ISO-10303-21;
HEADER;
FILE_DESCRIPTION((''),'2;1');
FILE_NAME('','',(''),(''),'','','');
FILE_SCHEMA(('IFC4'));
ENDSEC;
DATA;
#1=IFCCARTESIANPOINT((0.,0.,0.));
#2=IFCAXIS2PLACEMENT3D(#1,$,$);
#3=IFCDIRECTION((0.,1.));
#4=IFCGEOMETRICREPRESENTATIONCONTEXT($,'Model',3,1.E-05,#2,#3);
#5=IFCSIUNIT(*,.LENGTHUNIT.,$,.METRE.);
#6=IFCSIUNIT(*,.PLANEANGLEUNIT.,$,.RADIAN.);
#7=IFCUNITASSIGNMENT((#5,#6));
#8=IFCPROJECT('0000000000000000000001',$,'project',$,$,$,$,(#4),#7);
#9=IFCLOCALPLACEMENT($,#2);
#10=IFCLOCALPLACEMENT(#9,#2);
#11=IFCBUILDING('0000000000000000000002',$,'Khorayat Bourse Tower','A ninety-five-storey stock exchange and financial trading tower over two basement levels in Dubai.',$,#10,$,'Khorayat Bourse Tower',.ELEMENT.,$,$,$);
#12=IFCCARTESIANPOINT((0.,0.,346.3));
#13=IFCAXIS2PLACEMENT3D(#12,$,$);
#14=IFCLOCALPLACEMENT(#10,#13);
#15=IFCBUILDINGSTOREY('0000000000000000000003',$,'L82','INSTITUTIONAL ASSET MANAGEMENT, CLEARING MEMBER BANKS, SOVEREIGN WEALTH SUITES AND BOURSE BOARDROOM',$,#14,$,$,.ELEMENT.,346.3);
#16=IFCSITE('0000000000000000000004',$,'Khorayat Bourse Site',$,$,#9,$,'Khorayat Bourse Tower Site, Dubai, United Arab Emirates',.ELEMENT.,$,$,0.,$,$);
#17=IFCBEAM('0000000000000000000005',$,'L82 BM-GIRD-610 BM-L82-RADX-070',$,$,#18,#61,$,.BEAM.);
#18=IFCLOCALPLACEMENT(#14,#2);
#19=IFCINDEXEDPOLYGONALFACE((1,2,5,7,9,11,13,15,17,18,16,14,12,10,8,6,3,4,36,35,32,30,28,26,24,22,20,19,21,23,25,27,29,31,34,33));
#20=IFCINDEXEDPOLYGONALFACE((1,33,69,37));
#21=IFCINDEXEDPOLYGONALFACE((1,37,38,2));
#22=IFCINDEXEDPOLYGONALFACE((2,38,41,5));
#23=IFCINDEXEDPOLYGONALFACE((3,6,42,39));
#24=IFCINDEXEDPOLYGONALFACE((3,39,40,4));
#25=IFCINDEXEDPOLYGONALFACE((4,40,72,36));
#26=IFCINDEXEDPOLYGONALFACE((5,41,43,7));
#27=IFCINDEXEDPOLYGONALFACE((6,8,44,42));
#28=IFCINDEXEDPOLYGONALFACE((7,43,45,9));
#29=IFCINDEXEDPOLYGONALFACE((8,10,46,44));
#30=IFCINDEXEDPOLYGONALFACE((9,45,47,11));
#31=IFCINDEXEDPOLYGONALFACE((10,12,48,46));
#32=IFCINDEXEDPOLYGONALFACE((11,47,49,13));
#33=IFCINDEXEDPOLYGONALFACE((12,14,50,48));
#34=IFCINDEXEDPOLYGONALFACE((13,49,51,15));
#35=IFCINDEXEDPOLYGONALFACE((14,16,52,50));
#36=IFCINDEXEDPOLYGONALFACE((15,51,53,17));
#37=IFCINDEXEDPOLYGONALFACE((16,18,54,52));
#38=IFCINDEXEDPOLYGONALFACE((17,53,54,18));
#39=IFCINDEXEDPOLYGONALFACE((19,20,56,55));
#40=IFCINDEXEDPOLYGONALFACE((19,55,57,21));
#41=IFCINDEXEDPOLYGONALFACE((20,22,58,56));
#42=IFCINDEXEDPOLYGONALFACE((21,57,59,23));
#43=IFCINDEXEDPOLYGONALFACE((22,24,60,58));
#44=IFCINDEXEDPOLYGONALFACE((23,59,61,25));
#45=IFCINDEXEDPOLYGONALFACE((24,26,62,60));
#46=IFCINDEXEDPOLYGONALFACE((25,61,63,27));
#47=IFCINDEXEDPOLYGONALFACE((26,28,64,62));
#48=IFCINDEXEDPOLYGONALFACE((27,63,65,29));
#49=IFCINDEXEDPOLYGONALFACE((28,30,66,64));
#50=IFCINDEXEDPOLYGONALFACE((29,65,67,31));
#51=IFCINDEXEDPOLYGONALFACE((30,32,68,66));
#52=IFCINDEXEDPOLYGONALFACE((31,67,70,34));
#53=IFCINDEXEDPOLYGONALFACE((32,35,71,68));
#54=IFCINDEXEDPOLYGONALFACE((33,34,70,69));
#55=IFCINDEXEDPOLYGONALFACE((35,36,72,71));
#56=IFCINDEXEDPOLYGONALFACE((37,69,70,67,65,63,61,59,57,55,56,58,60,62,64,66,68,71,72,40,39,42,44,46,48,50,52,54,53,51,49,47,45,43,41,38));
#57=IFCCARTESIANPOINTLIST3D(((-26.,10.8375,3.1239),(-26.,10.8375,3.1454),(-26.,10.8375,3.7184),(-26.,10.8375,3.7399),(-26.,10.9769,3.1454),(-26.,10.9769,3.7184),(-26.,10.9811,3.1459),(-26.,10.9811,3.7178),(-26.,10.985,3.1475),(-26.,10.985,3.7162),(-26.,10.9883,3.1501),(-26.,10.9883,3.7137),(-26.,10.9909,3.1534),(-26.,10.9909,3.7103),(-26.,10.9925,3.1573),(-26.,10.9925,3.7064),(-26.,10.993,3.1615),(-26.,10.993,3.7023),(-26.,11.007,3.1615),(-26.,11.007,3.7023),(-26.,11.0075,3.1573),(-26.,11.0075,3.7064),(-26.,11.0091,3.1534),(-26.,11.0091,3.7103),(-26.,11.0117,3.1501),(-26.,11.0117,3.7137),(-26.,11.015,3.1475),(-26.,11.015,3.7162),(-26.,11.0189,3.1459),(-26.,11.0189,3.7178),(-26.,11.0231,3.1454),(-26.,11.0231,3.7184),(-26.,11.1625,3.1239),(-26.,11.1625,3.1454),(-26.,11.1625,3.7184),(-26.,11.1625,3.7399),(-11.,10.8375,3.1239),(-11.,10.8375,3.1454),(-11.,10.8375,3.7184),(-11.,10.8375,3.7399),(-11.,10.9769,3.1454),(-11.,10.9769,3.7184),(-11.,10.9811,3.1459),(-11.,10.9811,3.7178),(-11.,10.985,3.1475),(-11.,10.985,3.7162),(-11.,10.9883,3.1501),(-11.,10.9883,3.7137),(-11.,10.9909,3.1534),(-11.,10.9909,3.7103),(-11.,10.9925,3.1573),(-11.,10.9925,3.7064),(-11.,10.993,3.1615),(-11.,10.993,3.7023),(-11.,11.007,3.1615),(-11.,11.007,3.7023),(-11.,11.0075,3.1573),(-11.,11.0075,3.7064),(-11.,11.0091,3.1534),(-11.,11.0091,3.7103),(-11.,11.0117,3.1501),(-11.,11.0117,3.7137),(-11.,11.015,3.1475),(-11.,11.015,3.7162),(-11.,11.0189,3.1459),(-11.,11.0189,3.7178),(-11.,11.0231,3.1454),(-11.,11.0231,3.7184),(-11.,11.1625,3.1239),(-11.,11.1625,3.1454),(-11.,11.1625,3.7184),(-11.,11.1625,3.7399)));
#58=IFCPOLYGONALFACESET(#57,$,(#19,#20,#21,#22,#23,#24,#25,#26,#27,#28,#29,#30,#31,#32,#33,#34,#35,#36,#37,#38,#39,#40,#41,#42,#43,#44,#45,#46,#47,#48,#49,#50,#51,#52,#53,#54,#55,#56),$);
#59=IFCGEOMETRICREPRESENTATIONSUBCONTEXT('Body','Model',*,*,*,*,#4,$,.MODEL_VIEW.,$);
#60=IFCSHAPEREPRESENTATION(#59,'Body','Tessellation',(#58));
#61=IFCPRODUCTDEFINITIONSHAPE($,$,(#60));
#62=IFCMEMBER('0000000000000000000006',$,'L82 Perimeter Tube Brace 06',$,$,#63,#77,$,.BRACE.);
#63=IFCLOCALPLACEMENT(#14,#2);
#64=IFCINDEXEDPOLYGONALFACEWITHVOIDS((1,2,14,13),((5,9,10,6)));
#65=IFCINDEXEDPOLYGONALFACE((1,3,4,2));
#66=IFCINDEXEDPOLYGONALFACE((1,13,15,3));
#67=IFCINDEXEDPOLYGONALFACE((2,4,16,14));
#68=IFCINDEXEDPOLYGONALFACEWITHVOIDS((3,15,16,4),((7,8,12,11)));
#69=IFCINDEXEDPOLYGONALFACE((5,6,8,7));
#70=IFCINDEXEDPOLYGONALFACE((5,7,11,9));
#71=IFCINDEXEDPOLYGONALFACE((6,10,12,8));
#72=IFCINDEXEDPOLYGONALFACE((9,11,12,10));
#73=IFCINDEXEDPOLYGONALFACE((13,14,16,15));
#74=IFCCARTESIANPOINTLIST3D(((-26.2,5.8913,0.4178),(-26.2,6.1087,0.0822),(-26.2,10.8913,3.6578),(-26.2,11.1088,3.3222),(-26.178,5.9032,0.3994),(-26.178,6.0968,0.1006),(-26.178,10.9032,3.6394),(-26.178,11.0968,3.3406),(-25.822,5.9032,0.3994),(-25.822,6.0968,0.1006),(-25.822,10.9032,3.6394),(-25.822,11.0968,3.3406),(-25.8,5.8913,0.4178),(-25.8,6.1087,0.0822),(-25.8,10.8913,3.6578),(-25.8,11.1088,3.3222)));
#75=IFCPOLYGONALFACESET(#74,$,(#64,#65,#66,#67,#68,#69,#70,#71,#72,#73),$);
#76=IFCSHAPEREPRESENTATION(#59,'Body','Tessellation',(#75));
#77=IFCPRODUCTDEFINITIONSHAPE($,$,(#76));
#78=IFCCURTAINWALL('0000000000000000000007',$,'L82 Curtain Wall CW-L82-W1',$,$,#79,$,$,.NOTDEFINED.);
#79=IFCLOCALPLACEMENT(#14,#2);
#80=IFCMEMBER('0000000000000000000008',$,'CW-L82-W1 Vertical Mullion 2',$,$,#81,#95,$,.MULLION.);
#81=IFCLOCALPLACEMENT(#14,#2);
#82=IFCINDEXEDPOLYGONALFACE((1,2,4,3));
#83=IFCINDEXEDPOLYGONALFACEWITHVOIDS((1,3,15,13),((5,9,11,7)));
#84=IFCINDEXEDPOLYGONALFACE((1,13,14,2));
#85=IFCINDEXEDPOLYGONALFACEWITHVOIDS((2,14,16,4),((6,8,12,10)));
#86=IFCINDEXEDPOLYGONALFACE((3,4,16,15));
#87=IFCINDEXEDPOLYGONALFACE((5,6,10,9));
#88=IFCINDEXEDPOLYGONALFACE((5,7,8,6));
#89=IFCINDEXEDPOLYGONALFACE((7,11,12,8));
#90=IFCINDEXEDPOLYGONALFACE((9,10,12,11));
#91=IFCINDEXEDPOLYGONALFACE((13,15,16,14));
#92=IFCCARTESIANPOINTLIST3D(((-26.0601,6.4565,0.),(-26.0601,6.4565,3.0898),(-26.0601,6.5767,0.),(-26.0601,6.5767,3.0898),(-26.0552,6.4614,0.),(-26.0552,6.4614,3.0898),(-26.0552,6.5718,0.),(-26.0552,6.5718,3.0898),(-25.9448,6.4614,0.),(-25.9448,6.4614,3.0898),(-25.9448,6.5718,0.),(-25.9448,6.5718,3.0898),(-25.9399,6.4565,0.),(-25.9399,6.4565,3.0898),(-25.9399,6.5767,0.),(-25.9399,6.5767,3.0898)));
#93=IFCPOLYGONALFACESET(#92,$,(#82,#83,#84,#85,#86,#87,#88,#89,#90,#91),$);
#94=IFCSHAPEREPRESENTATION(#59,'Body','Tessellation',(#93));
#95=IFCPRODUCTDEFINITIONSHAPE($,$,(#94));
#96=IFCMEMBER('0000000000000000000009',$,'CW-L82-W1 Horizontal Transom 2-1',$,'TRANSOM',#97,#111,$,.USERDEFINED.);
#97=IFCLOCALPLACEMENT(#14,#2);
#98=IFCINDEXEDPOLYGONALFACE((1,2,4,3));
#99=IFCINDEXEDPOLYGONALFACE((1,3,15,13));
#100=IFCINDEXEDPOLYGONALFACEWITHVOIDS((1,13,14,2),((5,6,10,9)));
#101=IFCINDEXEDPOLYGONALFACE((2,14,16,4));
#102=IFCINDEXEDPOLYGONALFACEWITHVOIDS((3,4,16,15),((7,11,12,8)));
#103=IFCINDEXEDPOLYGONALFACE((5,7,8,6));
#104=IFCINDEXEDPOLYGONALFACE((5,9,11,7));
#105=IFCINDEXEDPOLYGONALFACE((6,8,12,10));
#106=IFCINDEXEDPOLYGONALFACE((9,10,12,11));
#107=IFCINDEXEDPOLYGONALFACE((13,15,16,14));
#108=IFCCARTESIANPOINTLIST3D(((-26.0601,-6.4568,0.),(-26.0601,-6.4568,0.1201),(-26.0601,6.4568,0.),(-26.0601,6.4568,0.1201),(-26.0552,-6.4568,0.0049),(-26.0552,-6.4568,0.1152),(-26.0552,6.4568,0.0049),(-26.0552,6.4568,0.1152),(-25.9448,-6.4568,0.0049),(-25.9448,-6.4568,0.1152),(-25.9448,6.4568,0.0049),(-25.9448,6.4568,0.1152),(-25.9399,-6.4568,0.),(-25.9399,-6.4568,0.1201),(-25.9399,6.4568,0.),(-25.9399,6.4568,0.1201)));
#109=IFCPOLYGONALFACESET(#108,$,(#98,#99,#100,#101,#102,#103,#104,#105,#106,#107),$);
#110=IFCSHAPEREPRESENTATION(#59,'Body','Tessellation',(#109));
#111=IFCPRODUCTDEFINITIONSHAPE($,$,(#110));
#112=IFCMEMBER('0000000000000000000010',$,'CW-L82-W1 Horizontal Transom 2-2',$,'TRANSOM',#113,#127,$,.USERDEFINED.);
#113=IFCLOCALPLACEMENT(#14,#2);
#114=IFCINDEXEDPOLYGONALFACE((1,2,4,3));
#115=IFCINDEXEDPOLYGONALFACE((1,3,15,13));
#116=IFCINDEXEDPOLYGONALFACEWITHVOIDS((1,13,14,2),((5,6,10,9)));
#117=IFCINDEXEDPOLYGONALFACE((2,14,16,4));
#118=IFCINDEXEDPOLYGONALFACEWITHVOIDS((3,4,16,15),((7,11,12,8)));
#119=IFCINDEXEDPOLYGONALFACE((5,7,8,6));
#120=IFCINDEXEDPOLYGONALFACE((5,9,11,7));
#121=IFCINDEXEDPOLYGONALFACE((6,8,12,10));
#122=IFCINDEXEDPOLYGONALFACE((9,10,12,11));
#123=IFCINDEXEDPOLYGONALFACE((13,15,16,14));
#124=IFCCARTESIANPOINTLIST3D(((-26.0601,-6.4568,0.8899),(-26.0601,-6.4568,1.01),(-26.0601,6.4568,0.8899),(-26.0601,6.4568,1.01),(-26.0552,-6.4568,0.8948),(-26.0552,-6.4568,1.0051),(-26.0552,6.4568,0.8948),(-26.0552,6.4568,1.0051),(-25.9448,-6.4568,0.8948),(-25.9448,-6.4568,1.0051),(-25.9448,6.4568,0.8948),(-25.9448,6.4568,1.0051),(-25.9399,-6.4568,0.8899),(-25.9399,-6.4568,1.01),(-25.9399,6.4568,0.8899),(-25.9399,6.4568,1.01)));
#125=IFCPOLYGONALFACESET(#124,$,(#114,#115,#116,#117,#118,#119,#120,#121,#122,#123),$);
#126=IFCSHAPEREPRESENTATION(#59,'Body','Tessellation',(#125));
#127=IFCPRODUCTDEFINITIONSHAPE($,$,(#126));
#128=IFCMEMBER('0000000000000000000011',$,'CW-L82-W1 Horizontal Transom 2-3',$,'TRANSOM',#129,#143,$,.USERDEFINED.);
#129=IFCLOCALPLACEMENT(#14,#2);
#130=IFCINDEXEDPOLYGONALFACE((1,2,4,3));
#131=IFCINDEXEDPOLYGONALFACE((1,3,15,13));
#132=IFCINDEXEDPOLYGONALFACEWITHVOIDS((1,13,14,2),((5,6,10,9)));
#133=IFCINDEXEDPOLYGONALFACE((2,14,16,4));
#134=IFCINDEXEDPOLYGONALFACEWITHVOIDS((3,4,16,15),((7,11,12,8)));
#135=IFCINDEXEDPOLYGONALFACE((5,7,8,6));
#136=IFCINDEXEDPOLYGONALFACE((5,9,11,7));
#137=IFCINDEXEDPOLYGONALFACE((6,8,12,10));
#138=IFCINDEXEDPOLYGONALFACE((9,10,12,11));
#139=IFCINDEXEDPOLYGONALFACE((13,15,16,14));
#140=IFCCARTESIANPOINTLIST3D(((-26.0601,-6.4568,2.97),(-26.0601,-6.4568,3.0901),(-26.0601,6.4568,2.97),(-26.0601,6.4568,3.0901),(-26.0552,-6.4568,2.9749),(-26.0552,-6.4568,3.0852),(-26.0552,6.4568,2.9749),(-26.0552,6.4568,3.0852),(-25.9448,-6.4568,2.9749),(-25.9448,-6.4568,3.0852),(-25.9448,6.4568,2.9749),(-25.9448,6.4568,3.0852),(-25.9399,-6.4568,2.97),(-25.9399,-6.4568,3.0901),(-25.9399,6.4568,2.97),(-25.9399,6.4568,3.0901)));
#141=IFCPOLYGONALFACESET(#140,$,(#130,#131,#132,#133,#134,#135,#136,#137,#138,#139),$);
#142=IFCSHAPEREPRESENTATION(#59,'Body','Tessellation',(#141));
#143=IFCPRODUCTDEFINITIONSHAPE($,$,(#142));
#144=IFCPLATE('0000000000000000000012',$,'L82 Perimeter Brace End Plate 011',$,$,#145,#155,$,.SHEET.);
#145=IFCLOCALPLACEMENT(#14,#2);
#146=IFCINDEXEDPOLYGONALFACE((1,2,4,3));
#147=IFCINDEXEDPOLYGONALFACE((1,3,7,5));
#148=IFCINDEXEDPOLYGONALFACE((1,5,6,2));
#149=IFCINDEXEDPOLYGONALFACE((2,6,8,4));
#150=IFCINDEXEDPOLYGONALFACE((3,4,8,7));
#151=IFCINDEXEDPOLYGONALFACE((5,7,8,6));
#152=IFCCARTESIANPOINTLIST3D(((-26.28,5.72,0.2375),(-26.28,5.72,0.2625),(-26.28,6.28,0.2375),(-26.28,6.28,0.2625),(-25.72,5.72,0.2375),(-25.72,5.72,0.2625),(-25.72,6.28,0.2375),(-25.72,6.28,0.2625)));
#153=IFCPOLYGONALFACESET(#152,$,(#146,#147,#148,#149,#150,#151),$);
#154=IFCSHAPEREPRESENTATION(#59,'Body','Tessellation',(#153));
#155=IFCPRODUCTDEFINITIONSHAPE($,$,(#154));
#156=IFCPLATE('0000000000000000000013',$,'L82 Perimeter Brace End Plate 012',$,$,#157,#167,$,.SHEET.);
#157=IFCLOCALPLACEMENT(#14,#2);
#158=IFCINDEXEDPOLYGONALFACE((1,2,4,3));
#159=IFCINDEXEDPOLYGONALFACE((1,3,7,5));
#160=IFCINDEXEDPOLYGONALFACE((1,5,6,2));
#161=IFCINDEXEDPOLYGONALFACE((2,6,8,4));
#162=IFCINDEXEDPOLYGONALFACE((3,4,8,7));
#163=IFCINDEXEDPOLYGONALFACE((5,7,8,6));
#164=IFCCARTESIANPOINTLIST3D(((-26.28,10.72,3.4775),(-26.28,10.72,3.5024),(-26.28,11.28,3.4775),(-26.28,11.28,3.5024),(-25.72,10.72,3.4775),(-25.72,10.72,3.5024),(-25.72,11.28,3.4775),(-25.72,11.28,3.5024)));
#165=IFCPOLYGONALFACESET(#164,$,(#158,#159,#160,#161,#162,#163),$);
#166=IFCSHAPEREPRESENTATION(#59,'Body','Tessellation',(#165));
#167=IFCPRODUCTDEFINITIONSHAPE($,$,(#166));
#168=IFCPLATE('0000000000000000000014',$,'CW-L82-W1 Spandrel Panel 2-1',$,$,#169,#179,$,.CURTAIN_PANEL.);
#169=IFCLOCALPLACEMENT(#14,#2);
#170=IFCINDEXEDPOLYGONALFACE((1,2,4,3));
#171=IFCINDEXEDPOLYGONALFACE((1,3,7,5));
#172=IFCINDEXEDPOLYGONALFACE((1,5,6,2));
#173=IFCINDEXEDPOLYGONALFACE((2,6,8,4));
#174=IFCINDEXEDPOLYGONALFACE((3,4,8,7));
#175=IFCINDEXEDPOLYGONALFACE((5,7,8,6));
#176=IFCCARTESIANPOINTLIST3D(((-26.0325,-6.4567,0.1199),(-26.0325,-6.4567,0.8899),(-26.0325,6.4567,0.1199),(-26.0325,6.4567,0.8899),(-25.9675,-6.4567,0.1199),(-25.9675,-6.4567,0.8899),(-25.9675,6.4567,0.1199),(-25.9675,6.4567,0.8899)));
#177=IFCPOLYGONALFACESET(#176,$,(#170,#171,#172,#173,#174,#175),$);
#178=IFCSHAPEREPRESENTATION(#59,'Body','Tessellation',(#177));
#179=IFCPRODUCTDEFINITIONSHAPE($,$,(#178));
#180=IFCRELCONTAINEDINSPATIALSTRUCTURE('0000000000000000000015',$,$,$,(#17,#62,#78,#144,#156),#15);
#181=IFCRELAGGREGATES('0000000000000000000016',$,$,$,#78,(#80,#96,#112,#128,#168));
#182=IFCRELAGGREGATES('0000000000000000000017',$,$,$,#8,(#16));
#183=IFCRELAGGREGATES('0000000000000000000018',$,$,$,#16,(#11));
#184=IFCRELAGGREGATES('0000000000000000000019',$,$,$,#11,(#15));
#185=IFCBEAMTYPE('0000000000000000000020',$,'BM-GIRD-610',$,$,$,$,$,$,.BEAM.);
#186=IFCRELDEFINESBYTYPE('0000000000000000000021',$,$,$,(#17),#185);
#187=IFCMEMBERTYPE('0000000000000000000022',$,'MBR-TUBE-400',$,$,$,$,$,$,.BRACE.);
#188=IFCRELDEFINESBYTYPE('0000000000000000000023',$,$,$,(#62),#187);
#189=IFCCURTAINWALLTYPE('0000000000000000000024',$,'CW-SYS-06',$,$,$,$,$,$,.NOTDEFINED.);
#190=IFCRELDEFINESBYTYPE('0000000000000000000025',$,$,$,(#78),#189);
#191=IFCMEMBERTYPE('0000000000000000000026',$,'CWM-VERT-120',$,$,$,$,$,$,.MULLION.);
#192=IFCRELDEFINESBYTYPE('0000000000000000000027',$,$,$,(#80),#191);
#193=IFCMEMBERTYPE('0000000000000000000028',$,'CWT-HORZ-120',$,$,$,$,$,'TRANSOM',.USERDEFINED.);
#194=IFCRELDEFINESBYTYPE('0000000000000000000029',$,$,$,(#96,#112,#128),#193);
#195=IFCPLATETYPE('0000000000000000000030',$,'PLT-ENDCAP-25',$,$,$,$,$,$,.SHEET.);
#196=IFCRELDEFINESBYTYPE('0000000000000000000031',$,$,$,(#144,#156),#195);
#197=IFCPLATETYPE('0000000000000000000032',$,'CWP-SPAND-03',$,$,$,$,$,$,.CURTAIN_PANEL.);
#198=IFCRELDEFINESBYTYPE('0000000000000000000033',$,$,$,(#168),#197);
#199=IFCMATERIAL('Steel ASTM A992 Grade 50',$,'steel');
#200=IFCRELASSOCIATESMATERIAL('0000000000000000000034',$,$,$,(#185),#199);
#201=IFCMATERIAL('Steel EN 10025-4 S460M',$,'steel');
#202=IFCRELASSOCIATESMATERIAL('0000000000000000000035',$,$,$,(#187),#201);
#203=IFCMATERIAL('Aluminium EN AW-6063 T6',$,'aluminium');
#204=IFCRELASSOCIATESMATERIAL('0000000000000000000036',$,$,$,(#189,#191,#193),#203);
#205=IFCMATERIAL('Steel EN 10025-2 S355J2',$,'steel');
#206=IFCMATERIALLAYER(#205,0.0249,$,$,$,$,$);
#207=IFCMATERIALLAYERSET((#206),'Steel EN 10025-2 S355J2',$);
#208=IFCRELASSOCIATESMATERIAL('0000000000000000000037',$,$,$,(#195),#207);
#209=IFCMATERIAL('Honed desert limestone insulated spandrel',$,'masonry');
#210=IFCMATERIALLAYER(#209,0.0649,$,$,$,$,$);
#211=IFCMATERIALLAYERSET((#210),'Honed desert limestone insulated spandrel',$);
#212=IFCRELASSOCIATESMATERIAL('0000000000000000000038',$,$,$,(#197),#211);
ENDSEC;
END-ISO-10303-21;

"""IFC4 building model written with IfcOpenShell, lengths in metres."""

from ifc_helpers import new_model, si_unit, direction, frame, origin, origin_2d, place, context, subcontext, project, spatial, rectangle, hollow_rectangle, i_section, extrude, source, transform, mapped, material, layer, layer_set, material_profile, profile_set, type_object, element, aggregate, save


model = new_model("IFC4")

# Units and contexts
model_context = context("Model", 3, precision=1e-05, world=origin(), true_north=direction((0.0, 1.0)))
body_context = subcontext(model_context, "Body", "Model", "MODEL_VIEW")
ifc_project = project(units=[si_unit("LENGTHUNIT", "METRE"), si_unit("PLANEANGLEUNIT", "RADIAN")], contexts=[model_context])

# Site, building, storey
site_placement = place(None, origin())
site = spatial("IfcSite", under=ifc_project, at=site_placement, Name="Khorayat Bourse Site", LongName="Khorayat Bourse Tower Site, Dubai, United Arab Emirates", CompositionType="ELEMENT", RefElevation=0.0)
building_placement = place(site_placement, origin())
building = spatial("IfcBuilding", under=site, at=building_placement, Name="Khorayat Bourse Tower", Description="A ninety-five-storey stock exchange and financial trading tower over two basement levels in Dubai.", LongName="Khorayat Bourse Tower", CompositionType="ELEMENT")
storey_placement = place(building_placement, frame((0.0, 0.0, 346.3)))
storey = spatial("IfcBuildingStorey", under=building, at=storey_placement, Name="L82", Description="INSTITUTIONAL ASSET MANAGEMENT, CLEARING MEMBER BANKS, SOVEREIGN WEALTH SUITES AND BOURSE BOARDROOM", CompositionType="ELEMENT", Elevation=346.3)

# Shared definitions
ifc_material_1 = material(Name="Steel EN 10025-2 S355J2", Category="steel")

# Beam
ifc_material_2 = material(Name="Steel ASTM A992 Grade 50", Category="steel")
ifc_material_profile_1 = material_profile(ifc_material_2, i_section(OverallWidth=0.325, OverallDepth=0.616, WebThickness=0.0139, FlangeThickness=0.0215, FilletRadius=0.0161, at=origin_2d()), Name="W610X174")
ifc_profile_set_1 = profile_set([ifc_material_profile_1], Name="Steel ASTM A992 Grade 50")
beam_type_1 = type_object("IfcBeamType", Name="BM-GIRD-610", PredefinedType="BEAM", material=ifc_profile_set_1)
shared_shape_1 = source(origin(), body_context, "Body", "SweptSolid", [
    extrude(i_section(OverallWidth=0.325, OverallDepth=0.616, WebThickness=0.0139, FlangeThickness=0.0215, FilletRadius=0.0161, at=origin_2d()), origin(), (0.0, 0.0, 1.0), 15.0),
])
for number, where, z_axis, x_axis, name in (
    (1, (-26.0, 11.0, 3.4319), (1.0, 0.0, 0.0), (0.0, 1.0, 0.0), "L82 BM-GIRD-610 BM-L82-RADX-070"),
):
    element("IfcBeam", number, at=place(storey_placement, frame(where, z_axis=z_axis, x_axis=x_axis)), inside=storey, type_object=beam_type_1, Name=name, PredefinedType="BEAM", context=body_context, shape_type="MappedRepresentation", body=[
        mapped(shared_shape_1, transform((0.0, 0.0, 0.0), scale=1.0)),
    ])

# Member
ifc_material_3 = material(Name="Steel EN 10025-4 S460M", Category="steel")
ifc_material_profile_2 = material_profile(ifc_material_3, hollow_rectangle(XDim=0.3999, YDim=0.3999, WallThickness=0.022, at=origin_2d()), Name="HSS 400x400x22")
ifc_profile_set_2 = profile_set([ifc_material_profile_2], Name="Steel EN 10025-4 S460M")
member_type_1 = type_object("IfcMemberType", Name="MBR-TUBE-400", PredefinedType="BRACE", material=ifc_profile_set_2)
shared_shape_2 = source(origin(), body_context, "Body", "SweptSolid", [
    extrude(hollow_rectangle(XDim=0.3999, YDim=0.3999, WallThickness=0.022, at=origin_2d()), origin(), (0.0, 0.0, 1.0), 5.958),
])
member_1_placement = place(storey_placement, frame((-26.0, 6.0, 0.25), z_axis=(0.0, 0.83921, 0.543807), x_axis=(-1.0, 0.0, 0.0)))
element("IfcMember", 2, at=member_1_placement, inside=storey, type_object=member_type_1, Name="L82 Perimeter Tube Brace 06", PredefinedType="BRACE", context=body_context, shape_type="MappedRepresentation", body=[
    mapped(shared_shape_2, transform((0.0, 0.0, 0.0), scale=1.0)),
])

# Curtain wall, members
ifc_material_4 = material(Name="Aluminium EN AW-6063 T6", Category="aluminium")
curtain_wall_type = type_object("IfcCurtainWallType", Name="CW-SYS-06", PredefinedType="NOTDEFINED", material=ifc_material_4)
curtain_wall_placement = place(storey_placement, origin())
curtain_wall = element("IfcCurtainWall", 3, at=curtain_wall_placement, inside=storey, type_object=curtain_wall_type, Name="L82 Curtain Wall CW-L82-W1", PredefinedType="NOTDEFINED")
ifc_material_profile_3 = material_profile(ifc_material_4, hollow_rectangle(XDim=0.1201, YDim=0.1201, WallThickness=0.0049, at=origin_2d()), Name="ALU 120x120x5")
ifc_profile_set_3 = profile_set([ifc_material_profile_3], Name="Aluminium EN AW-6063 T6")
member_type_2 = type_object("IfcMemberType", Name="CWM-VERT-120", PredefinedType="MULLION", material=ifc_profile_set_3)
shared_shape_3 = source(origin(), body_context, "Body", "SweptSolid", [
    extrude(hollow_rectangle(XDim=0.1201, YDim=0.1201, WallThickness=0.0049, at=origin_2d()), origin(), (0.0, 0.0, 1.0), 3.0898),
])
member_2_placement = place(storey_placement, frame((-26.0, 6.5166, 0.0), z_axis=(0.0, 0.0, 1.0), x_axis=(1.0, 0.0, 0.0)))
member_2 = element("IfcMember", 4, at=member_2_placement, type_object=member_type_2, Name="CW-L82-W1 Vertical Mullion 2", PredefinedType="MULLION", context=body_context, shape_type="MappedRepresentation", body=[
    mapped(shared_shape_3, transform((0.0, 0.0, 0.0), scale=1.0)),
])
ifc_material_profile_4 = material_profile(ifc_material_4, hollow_rectangle(XDim=0.1201, YDim=0.1201, WallThickness=0.0049, at=origin_2d()), Name="ALU 120x120x5")
ifc_profile_set_4 = profile_set([ifc_material_profile_4], Name="Aluminium EN AW-6063 T6")
member_type_3 = type_object("IfcMemberType", Name="CWT-HORZ-120", ElementType="TRANSOM", PredefinedType="USERDEFINED", material=ifc_profile_set_4)
shared_shape_4 = source(origin(), body_context, "Body", "SweptSolid", [
    extrude(hollow_rectangle(XDim=0.1201, YDim=0.1201, WallThickness=0.0049, at=origin_2d()), origin(), (0.0, 0.0, 1.0), 12.9136),
])
member_3_placement = place(storey_placement, frame((-26.0, 6.4568, 0.0601), z_axis=(0.0, -1.0, 0.0), x_axis=(1.0, 0.0, 0.0)))
member_3 = element("IfcMember", 5, at=member_3_placement, type_object=member_type_3, Name="CW-L82-W1 Horizontal Transom 2-1", ObjectType="TRANSOM", PredefinedType="USERDEFINED", context=body_context, shape_type="MappedRepresentation", body=[
    mapped(shared_shape_4, transform((0.0, 0.0, 0.0), scale=1.0)),
])
member_4_placement = place(storey_placement, frame((-26.0, 6.4568, 0.95), z_axis=(0.0, -1.0, 0.0), x_axis=(1.0, 0.0, 0.0)))
member_4 = element("IfcMember", 6, at=member_4_placement, type_object=member_type_3, Name="CW-L82-W1 Horizontal Transom 2-2", ObjectType="TRANSOM", PredefinedType="USERDEFINED", context=body_context, shape_type="MappedRepresentation", body=[
    mapped(shared_shape_4, transform((0.0, 0.0, 0.0), scale=1.0)),
])
member_5_placement = place(storey_placement, frame((-26.0, 6.4568, 3.03), z_axis=(0.0, -1.0, 0.0), x_axis=(1.0, 0.0, 0.0)))
member_5 = element("IfcMember", 7, at=member_5_placement, type_object=member_type_3, Name="CW-L82-W1 Horizontal Transom 2-3", ObjectType="TRANSOM", PredefinedType="USERDEFINED", context=body_context, shape_type="MappedRepresentation", body=[
    mapped(shared_shape_4, transform((0.0, 0.0, 0.0), scale=1.0)),
])

# Plates
ifc_layer_1 = layer(ifc_material_1, 0.0249)
ifc_layer_set_1 = layer_set([ifc_layer_1], Name="Steel EN 10025-2 S355J2")
plate_type_1 = type_object("IfcPlateType", Name="PLT-ENDCAP-25", PredefinedType="SHEET", material=ifc_layer_set_1)
shared_shape_5 = source(origin(), body_context, "Body", "SweptSolid", [
    extrude(rectangle(XDim=0.5601, YDim=0.5601, at=origin_2d()), origin(), (0.0, 0.0, 1.0), 0.0249),
])
for number, where, z_axis, x_axis, name in (
    (8, (-26.0, 6.0, 0.2375), (0.0, 0.0, 1.0), (1.0, 0.0, 0.0), "L82 Perimeter Brace End Plate 011"),
    (9, (-26.0, 11.0, 3.4775), (0.0, 0.0, 1.0), (1.0, 0.0, 0.0), "L82 Perimeter Brace End Plate 012"),
):
    element("IfcPlate", number, at=place(storey_placement, frame(where, z_axis=z_axis, x_axis=x_axis)), inside=storey, type_object=plate_type_1, Name=name, PredefinedType="SHEET", context=body_context, shape_type="MappedRepresentation", body=[
        mapped(shared_shape_5, transform((0.0, 0.0, 0.0), scale=1.0)),
    ])

# Plate
ifc_material_5 = material(Name="Honed desert limestone insulated spandrel", Category="masonry")
ifc_layer_2 = layer(ifc_material_5, 0.0649)
ifc_layer_set_2 = layer_set([ifc_layer_2], Name="Honed desert limestone insulated spandrel")
plate_type_2 = type_object("IfcPlateType", Name="CWP-SPAND-03", PredefinedType="CURTAIN_PANEL", material=ifc_layer_set_2)
shared_shape_6 = source(origin(), body_context, "Body", "SweptSolid", [
    extrude(rectangle(XDim=12.9133, YDim=0.0649, at=origin_2d()), origin(), (0.0, 0.0, 1.0), 0.77),
])
plate_1_placement = place(storey_placement, frame((-26.0, 0.0, 0.1199), z_axis=(0.0, 0.0, 1.0), x_axis=(0.0, -1.0, 0.0)))
plate_1 = element("IfcPlate", 10, at=plate_1_placement, type_object=plate_type_2, Name="CW-L82-W1 Spandrel Panel 2-1", PredefinedType="CURTAIN_PANEL", context=body_context, shape_type="MappedRepresentation", body=[
    mapped(shared_shape_6, transform((0.0, 0.0, 0.0), scale=1.0)),
])
aggregate(curtain_wall, [member_2, member_3, member_4, member_5, plate_1])

save(model, "model.ifc")
